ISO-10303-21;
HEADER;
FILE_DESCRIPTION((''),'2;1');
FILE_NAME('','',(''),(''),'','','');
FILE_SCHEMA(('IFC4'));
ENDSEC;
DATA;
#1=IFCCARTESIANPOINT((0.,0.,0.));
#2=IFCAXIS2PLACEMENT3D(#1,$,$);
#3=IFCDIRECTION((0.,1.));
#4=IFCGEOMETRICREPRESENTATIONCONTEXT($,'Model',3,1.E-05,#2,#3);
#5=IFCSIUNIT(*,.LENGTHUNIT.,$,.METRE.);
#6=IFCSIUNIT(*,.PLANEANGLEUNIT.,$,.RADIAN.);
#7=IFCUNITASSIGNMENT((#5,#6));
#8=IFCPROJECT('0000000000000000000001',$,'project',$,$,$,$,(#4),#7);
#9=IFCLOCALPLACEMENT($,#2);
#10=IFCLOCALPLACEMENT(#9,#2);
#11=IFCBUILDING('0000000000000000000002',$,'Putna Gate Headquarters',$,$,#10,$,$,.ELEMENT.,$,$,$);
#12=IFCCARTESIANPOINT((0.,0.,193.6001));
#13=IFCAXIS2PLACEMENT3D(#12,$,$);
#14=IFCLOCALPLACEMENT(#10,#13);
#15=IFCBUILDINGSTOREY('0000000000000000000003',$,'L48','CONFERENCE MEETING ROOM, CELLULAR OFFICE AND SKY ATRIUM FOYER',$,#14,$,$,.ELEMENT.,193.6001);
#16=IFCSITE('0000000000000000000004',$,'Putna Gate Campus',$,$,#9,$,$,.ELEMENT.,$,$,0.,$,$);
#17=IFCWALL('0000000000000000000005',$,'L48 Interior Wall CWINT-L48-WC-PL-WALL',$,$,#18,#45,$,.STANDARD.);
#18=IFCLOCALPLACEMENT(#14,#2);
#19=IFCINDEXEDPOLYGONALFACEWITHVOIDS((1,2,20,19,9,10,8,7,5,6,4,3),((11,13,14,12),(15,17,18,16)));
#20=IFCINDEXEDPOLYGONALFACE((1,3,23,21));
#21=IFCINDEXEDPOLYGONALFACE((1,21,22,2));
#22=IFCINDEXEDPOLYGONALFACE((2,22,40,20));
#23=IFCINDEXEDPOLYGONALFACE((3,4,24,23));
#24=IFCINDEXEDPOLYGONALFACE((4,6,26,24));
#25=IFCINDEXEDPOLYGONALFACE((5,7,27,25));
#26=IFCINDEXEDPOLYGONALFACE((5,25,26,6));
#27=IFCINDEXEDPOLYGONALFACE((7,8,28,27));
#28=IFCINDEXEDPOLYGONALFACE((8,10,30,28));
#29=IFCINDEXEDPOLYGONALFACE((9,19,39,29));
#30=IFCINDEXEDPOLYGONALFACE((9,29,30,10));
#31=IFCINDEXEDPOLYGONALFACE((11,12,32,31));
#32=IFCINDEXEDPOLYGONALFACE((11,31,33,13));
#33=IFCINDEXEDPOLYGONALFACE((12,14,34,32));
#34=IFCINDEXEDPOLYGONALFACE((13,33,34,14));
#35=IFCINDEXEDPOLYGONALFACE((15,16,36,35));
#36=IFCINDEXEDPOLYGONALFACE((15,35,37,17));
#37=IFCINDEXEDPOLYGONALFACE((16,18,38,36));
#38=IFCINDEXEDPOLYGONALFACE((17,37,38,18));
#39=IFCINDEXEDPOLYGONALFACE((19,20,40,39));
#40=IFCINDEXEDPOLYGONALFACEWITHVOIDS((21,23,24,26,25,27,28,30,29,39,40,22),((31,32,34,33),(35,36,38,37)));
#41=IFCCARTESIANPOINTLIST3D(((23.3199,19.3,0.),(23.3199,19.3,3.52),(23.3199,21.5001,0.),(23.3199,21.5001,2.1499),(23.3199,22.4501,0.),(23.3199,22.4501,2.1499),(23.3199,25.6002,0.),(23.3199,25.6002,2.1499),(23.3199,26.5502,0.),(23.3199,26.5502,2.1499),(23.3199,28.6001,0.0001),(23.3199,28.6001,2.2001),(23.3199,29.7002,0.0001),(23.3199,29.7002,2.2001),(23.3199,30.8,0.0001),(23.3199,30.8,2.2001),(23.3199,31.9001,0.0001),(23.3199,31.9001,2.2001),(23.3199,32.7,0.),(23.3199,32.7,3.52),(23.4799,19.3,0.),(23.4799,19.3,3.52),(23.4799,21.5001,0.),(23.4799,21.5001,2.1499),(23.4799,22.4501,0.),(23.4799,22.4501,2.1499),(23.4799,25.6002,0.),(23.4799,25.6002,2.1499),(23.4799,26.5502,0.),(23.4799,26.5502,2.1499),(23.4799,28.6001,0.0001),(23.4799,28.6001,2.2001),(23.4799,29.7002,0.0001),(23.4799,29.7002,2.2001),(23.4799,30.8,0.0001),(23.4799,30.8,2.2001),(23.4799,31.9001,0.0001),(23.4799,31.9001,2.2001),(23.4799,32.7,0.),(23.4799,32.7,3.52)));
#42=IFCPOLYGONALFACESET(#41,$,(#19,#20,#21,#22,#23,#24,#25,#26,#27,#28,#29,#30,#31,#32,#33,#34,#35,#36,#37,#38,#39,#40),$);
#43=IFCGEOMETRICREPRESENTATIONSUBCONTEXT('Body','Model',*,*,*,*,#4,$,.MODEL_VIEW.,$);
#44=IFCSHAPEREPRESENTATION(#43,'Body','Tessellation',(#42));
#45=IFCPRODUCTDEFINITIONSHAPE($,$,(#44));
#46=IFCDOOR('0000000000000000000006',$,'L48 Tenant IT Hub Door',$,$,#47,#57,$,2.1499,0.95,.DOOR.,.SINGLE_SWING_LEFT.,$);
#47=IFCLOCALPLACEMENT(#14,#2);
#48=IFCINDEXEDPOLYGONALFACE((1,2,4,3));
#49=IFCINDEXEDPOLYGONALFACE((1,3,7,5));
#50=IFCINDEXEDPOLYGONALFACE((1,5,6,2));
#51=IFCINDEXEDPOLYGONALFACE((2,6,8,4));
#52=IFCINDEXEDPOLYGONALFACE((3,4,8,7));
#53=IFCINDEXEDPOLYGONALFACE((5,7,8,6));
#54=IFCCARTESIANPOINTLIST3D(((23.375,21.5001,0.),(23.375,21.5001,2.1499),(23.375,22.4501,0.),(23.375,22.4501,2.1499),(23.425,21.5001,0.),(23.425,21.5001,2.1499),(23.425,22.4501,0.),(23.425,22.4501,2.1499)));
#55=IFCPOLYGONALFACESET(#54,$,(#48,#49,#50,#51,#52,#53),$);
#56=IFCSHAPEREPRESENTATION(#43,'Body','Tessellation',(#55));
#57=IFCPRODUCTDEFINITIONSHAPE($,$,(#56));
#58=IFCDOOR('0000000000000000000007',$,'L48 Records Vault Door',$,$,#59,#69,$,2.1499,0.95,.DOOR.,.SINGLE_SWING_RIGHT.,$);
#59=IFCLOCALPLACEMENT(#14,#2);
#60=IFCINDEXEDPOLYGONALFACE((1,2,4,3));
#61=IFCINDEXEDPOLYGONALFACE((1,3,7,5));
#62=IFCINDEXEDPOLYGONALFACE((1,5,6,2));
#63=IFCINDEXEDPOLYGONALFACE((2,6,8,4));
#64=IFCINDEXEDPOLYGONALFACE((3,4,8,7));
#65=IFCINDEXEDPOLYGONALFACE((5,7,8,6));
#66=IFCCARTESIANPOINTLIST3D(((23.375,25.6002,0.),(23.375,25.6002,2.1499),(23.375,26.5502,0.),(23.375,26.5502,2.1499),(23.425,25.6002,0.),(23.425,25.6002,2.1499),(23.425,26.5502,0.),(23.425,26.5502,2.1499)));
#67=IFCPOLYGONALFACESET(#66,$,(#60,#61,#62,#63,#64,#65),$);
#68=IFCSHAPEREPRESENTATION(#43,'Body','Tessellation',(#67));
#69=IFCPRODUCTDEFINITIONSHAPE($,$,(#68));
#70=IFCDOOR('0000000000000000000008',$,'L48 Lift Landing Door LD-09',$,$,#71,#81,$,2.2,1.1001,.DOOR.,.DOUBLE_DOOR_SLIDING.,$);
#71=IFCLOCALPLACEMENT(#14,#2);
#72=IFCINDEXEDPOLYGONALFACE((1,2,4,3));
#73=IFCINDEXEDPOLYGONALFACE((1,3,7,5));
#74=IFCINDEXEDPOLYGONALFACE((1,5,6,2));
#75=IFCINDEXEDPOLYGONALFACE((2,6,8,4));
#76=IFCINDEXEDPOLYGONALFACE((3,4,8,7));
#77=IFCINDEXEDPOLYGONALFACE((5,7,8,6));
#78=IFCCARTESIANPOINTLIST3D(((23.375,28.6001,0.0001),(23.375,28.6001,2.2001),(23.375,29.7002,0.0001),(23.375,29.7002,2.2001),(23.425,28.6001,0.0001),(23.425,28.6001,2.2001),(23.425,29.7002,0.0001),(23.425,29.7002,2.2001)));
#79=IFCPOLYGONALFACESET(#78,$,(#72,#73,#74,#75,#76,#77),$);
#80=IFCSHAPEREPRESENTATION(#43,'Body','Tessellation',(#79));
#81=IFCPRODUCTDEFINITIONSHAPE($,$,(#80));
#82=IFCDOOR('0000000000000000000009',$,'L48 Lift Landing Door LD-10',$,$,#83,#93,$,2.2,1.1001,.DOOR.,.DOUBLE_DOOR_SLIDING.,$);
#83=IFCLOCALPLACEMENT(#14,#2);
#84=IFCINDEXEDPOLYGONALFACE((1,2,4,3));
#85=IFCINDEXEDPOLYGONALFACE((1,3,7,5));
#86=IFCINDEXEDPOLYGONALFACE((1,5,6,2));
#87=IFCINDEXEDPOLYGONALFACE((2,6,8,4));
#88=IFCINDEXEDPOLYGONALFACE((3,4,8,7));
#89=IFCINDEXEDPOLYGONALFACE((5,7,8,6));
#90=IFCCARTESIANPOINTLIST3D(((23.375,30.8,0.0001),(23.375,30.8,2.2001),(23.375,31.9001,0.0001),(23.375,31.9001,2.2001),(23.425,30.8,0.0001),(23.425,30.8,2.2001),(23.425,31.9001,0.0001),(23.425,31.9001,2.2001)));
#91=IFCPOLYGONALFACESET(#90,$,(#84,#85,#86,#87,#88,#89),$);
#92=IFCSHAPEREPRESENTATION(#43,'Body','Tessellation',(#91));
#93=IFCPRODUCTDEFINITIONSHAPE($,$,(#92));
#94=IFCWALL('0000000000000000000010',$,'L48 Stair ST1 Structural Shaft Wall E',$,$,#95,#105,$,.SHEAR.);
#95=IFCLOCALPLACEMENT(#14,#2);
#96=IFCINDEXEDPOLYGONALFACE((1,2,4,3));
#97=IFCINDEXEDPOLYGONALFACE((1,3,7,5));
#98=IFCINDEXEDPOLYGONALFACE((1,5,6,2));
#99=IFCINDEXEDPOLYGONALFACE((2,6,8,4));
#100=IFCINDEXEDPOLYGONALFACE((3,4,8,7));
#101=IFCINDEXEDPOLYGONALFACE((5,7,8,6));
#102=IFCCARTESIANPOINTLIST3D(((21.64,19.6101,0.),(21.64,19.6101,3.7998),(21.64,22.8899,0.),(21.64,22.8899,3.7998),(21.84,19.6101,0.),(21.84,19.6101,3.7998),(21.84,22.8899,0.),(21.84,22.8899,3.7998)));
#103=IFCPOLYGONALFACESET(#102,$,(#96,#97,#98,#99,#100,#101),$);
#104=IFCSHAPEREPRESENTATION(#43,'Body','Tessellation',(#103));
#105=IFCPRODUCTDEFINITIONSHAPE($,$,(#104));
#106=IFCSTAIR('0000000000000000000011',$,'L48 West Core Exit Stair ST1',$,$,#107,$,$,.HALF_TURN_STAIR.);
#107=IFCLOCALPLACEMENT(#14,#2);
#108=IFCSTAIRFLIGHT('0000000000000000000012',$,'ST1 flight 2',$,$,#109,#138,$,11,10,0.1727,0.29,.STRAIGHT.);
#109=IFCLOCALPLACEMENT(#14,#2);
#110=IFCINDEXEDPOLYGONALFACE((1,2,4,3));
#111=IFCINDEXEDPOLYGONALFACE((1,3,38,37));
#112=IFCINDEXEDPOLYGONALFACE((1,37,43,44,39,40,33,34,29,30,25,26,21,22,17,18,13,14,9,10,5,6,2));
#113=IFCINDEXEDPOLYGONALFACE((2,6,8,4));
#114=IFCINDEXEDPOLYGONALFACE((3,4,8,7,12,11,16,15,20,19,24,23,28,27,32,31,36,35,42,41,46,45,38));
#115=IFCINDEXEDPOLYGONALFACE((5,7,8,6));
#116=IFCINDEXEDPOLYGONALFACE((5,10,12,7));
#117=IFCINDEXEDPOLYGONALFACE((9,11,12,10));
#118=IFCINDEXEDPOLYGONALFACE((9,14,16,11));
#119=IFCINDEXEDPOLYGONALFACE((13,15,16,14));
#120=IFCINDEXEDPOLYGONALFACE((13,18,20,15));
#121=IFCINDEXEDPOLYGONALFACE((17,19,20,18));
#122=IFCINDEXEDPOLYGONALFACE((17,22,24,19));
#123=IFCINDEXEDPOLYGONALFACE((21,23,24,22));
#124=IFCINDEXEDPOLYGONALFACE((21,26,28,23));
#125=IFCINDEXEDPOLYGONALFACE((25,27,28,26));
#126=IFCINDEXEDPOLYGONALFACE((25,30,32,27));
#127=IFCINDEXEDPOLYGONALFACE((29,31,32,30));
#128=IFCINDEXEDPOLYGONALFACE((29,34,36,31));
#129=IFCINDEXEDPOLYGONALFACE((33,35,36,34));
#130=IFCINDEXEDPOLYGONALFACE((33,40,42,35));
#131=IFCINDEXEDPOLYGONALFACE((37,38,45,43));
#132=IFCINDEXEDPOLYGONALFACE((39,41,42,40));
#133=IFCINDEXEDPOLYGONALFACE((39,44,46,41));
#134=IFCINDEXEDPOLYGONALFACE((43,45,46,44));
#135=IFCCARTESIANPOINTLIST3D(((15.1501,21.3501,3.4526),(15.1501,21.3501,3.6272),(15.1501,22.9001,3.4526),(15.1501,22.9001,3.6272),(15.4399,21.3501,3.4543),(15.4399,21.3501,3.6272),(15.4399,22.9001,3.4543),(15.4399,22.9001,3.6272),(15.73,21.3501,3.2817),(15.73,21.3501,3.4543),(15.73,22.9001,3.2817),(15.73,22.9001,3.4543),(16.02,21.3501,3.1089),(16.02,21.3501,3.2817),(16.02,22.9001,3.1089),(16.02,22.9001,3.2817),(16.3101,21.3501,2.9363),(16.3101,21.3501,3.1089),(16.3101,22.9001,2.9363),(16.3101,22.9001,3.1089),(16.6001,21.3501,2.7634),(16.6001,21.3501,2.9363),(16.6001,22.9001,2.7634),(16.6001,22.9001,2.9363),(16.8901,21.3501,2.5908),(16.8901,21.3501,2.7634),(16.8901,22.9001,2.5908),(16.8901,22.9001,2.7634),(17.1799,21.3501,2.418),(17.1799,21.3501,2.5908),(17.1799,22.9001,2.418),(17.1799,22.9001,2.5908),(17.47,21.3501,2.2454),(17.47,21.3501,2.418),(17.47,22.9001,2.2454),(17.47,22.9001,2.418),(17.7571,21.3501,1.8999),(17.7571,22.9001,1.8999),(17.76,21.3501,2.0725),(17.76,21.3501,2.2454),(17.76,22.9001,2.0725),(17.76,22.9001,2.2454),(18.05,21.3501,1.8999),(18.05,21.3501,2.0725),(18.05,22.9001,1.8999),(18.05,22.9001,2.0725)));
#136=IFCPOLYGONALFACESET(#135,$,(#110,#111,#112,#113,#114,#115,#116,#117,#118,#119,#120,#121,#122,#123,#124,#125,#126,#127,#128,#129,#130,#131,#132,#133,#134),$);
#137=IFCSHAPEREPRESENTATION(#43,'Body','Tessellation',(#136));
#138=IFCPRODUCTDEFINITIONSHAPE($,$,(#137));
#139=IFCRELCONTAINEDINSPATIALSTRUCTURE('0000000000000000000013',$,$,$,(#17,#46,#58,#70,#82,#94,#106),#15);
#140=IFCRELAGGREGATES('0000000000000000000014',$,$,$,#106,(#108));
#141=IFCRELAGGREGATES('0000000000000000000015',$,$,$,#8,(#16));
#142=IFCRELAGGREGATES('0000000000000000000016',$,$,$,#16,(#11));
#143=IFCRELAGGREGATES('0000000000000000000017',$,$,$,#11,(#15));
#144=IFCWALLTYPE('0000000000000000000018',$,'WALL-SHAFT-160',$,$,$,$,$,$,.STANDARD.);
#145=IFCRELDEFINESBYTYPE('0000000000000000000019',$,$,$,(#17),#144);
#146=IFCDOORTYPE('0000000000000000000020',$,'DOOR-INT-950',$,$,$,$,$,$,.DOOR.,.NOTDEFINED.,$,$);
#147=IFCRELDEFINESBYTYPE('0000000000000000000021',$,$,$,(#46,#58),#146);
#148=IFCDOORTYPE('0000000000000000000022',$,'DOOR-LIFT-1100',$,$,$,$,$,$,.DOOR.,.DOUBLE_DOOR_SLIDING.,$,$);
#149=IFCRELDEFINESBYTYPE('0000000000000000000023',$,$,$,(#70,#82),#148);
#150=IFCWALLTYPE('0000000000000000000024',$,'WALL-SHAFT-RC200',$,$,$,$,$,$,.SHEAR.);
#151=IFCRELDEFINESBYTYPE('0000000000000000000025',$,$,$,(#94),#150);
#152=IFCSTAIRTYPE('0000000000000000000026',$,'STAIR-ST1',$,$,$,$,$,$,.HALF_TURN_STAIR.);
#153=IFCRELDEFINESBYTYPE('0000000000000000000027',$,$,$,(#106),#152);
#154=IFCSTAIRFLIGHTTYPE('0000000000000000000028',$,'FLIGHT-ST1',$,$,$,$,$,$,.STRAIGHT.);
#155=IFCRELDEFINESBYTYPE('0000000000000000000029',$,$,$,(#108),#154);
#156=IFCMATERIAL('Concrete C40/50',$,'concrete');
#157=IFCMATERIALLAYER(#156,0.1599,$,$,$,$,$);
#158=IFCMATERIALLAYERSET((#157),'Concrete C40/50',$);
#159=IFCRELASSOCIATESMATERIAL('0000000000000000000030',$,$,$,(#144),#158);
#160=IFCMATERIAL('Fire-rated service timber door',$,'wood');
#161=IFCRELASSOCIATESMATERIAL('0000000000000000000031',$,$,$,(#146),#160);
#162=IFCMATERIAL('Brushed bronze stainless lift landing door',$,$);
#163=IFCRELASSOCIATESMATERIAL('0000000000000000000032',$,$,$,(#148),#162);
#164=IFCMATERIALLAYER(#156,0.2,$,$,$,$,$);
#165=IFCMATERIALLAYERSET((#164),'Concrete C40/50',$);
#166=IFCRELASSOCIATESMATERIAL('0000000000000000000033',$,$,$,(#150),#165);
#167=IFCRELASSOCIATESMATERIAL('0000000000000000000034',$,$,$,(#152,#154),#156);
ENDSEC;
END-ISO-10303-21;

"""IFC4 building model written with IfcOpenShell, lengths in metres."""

from ifc_helpers import new_model, si_unit, direction, frame, frame_2d, origin, place, context, subcontext, project, spatial, polyline, rectangle, outline, extrude, material, layer, layer_set, type_object, element, fill, aggregate, save


model = new_model("IFC4")

# Units and contexts
model_context = context("Model", 3, precision=1e-05, world=origin(), true_north=direction((0.0, 1.0)))
body_context = subcontext(model_context, "Body", "Model", "MODEL_VIEW")
ifc_project = project(units=[si_unit("LENGTHUNIT", "METRE"), si_unit("PLANEANGLEUNIT", "RADIAN")], contexts=[model_context])

# Site, building, storey
site_placement = place(None, origin())
site = spatial("IfcSite", under=ifc_project, at=site_placement, Name="Putna Gate Campus", CompositionType="ELEMENT", RefElevation=0.0)
building_placement = place(site_placement, origin())
building = spatial("IfcBuilding", under=site, at=building_placement, Name="Putna Gate Headquarters", CompositionType="ELEMENT")
storey_placement = place(building_placement, frame((0.0, 0.0, 193.6001)))
storey = spatial("IfcBuildingStorey", under=building, at=storey_placement, Name="L48", Description="CONFERENCE MEETING ROOM, CELLULAR OFFICE AND SKY ATRIUM FOYER", CompositionType="ELEMENT", Elevation=193.6001)

# Wall, openings, doors
ifc_material_1 = material(Name="Concrete C40/50", Category="concrete")
ifc_layer_1 = layer(ifc_material_1, 0.1599)
ifc_layer_set_1 = layer_set([ifc_layer_1], Name="Concrete C40/50")
wall_type_1 = type_object("IfcWallType", Name="WALL-SHAFT-160", PredefinedType="STANDARD", material=ifc_layer_set_1)
wall_1_placement = place(storey_placement, frame((23.3999, 19.3, 0.0), z_axis=(0.0, 0.0, 1.0), x_axis=(0.0, 1.0, 0.0)))
wall_1 = element("IfcWall", 1, at=wall_1_placement, inside=storey, type_object=wall_type_1, Name="L48 Interior Wall CWINT-L48-WC-PL-WALL", PredefinedType="STANDARD", context=body_context, shape_type="SweptSolid", body=[
    extrude(rectangle(XDim=13.3999, YDim=0.1599, at=frame_2d((6.7, 0.0))), origin(), (0.0, 0.0, 1.0), 3.52),
])
opening_1_placement = place(wall_1_placement, frame((2.2, 0.0, 0.0)))
opening_1 = element("IfcOpeningElement", 2, at=opening_1_placement, cuts=wall_1, PredefinedType="OPENING", context=body_context, shape_type="SweptSolid", body=[
    extrude(rectangle(XDim=0.95, YDim=2.1499, at=frame_2d((0.4751, 1.075))), frame((0.0, 0.0898, 0.0), z_axis=(0.0, -1.0, 0.0), x_axis=(1.0, 0.0, 0.0)), (0.0, 0.0, 1.0), 0.1799),
])
opening_2_placement = place(wall_1_placement, frame((6.3, 0.0, 0.0)))
opening_2 = element("IfcOpeningElement", 3, at=opening_2_placement, cuts=wall_1, PredefinedType="OPENING", context=body_context, shape_type="SweptSolid", body=[
    extrude(rectangle(XDim=0.95, YDim=2.1499, at=frame_2d((0.4751, 1.075))), frame((0.0, 0.0898, 0.0), z_axis=(0.0, -1.0, 0.0), x_axis=(1.0, 0.0, 0.0)), (0.0, 0.0, 1.0), 0.1799),
])
opening_3_placement = place(wall_1_placement, frame((9.3, 0.0, 0.0)))
opening_3 = element("IfcOpeningElement", 4, at=opening_3_placement, cuts=wall_1, PredefinedType="OPENING", context=body_context, shape_type="SweptSolid", body=[
    extrude(rectangle(XDim=1.1001, YDim=2.2, at=frame_2d((0.55, 1.1001))), frame((0.0, 0.0898, 0.0), z_axis=(0.0, -1.0, 0.0), x_axis=(1.0, 0.0, 0.0)), (0.0, 0.0, 1.0), 0.1799),
])
opening_4_placement = place(wall_1_placement, frame((11.5, 0.0, 0.0)))
opening_4 = element("IfcOpeningElement", 5, at=opening_4_placement, cuts=wall_1, PredefinedType="OPENING", context=body_context, shape_type="SweptSolid", body=[
    extrude(rectangle(XDim=1.1001, YDim=2.2, at=frame_2d((0.55, 1.1001))), frame((0.0, 0.0898, 0.0), z_axis=(0.0, -1.0, 0.0), x_axis=(1.0, 0.0, 0.0)), (0.0, 0.0, 1.0), 0.1799),
])
ifc_material_2 = material(Name="Fire-rated service timber door", Category="wood")
door_type_1 = type_object("IfcDoorType", Name="DOOR-INT-950", OperationType="NOTDEFINED", PredefinedType="DOOR", material=ifc_material_2)
door_1_placement = place(opening_1_placement, origin())
door_1 = element("IfcDoor", 6, at=door_1_placement, inside=storey, type_object=door_type_1, Name="L48 Tenant IT Hub Door", OperationType="SINGLE_SWING_LEFT", OverallHeight=2.1499, OverallWidth=0.95, PredefinedType="DOOR", context=body_context, shape_type="SweptSolid", body=[
    extrude(rectangle(XDim=0.95, YDim=2.1499, at=frame_2d((0.4751, 1.075))), frame((0.0, 0.0249, 0.0), z_axis=(0.0, -1.0, 0.0), x_axis=(1.0, 0.0, 0.0)), (0.0, 0.0, 1.0), 0.05),
])
fill(opening_1, door_1)
door_2_placement = place(opening_2_placement, origin())
door_2 = element("IfcDoor", 7, at=door_2_placement, inside=storey, type_object=door_type_1, Name="L48 Records Vault Door", OperationType="SINGLE_SWING_RIGHT", OverallHeight=2.1499, OverallWidth=0.95, PredefinedType="DOOR", context=body_context, shape_type="SweptSolid", body=[
    extrude(rectangle(XDim=0.95, YDim=2.1499, at=frame_2d((0.4751, 1.075))), frame((0.0, 0.0249, 0.0), z_axis=(0.0, -1.0, 0.0), x_axis=(1.0, 0.0, 0.0)), (0.0, 0.0, 1.0), 0.05),
])
fill(opening_2, door_2)
ifc_material_3 = material(Name="Brushed bronze stainless lift landing door")
door_type_2 = type_object("IfcDoorType", Name="DOOR-LIFT-1100", OperationType="DOUBLE_DOOR_SLIDING", PredefinedType="DOOR", material=ifc_material_3)
door_3_placement = place(opening_3_placement, origin())
door_3 = element("IfcDoor", 8, at=door_3_placement, inside=storey, type_object=door_type_2, Name="L48 Lift Landing Door LD-09", OperationType="DOUBLE_DOOR_SLIDING", OverallHeight=2.2, OverallWidth=1.1001, PredefinedType="DOOR", context=body_context, shape_type="SweptSolid", body=[
    extrude(rectangle(XDim=1.1001, YDim=2.2, at=frame_2d((0.55, 1.1001))), frame((0.0, 0.0249, 0.0), z_axis=(0.0, -1.0, 0.0), x_axis=(1.0, 0.0, 0.0)), (0.0, 0.0, 1.0), 0.05),
])
fill(opening_3, door_3)
door_4_placement = place(opening_4_placement, origin())
door_4 = element("IfcDoor", 9, at=door_4_placement, inside=storey, type_object=door_type_2, Name="L48 Lift Landing Door LD-10", OperationType="DOUBLE_DOOR_SLIDING", OverallHeight=2.2, OverallWidth=1.1001, PredefinedType="DOOR", context=body_context, shape_type="SweptSolid", body=[
    extrude(rectangle(XDim=1.1001, YDim=2.2, at=frame_2d((0.55, 1.1001))), frame((0.0, 0.0249, 0.0), z_axis=(0.0, -1.0, 0.0), x_axis=(1.0, 0.0, 0.0)), (0.0, 0.0, 1.0), 0.05),
])
fill(opening_4, door_4)

# Wall
ifc_layer_2 = layer(ifc_material_1, 0.2)
ifc_layer_set_2 = layer_set([ifc_layer_2], Name="Concrete C40/50")
wall_type_2 = type_object("IfcWallType", Name="WALL-SHAFT-RC200", PredefinedType="SHEAR", material=ifc_layer_set_2)
wall_2_placement = place(storey_placement, frame((21.74, 19.6101, 0.0), z_axis=(0.0, 0.0, 1.0), x_axis=(0.0, 1.0, 0.0)))
element("IfcWall", 10, at=wall_2_placement, inside=storey, type_object=wall_type_2, Name="L48 Stair ST1 Structural Shaft Wall E", PredefinedType="SHEAR", context=body_context, shape_type="SweptSolid", body=[
    extrude(rectangle(XDim=3.2798, YDim=0.2, at=frame_2d((1.6399, 0.0))), origin(), (0.0, 0.0, 1.0), 3.7998),
])

# Stair, stair flight
stair_type = type_object("IfcStairType", Name="STAIR-ST1", PredefinedType="HALF_TURN_STAIR", material=ifc_material_1)
stair_placement = place(storey_placement, origin())
stair = element("IfcStair", 11, at=stair_placement, inside=storey, type_object=stair_type, Name="L48 West Core Exit Stair ST1", PredefinedType="HALF_TURN_STAIR")
stair_flight_type = type_object("IfcStairFlightType", Name="FLIGHT-ST1", PredefinedType="STRAIGHT", material=ifc_material_1)
stair_flight_placement = place(storey_placement, frame((18.05, 22.125, 1.8999), z_axis=(0.0, 0.0, 1.0), x_axis=(-1.0, 0.0, 0.0)))
stair_flight = element("IfcStairFlight", 12, at=stair_flight_placement, type_object=stair_flight_type, Name="ST1 flight 2", NumberOfRisers=11, NumberOfTreads=10, PredefinedType="STRAIGHT", RiserHeight=0.1727, TreadLength=0.29, context=body_context, shape_type="SweptSolid", body=[
    extrude(outline(polyline([(0.0, 0.0), (0.0, 0.1726), (0.29, 0.1726), (0.29, 0.3455), (0.5801, 0.3455), (0.5801, 0.5181), (0.8701, 0.5181), (0.8701, 0.6909), (1.1599, 0.6909), (1.1599, 0.8635), (1.45, 0.8635), (1.45, 1.0364), (1.74, 1.0364), (1.74, 1.209), (2.03, 1.209), (2.03, 1.3818), (2.3201, 1.3818), (2.3201, 1.5544), (2.6101, 1.5544), (2.6101, 1.7273), (2.8999, 1.7273), (2.8999, 1.8999), (2.8999, 1.5527), (0.293, 0.0), (0.0, 0.0)])), frame((0.0, 0.7749, 0.0), z_axis=(0.0, -1.0, 0.0), x_axis=(1.0, 0.0, 0.0)), (0.0, 0.0, 1.0), 1.55),
])
aggregate(stair, [stair_flight])

save(model, "model.ifc")
